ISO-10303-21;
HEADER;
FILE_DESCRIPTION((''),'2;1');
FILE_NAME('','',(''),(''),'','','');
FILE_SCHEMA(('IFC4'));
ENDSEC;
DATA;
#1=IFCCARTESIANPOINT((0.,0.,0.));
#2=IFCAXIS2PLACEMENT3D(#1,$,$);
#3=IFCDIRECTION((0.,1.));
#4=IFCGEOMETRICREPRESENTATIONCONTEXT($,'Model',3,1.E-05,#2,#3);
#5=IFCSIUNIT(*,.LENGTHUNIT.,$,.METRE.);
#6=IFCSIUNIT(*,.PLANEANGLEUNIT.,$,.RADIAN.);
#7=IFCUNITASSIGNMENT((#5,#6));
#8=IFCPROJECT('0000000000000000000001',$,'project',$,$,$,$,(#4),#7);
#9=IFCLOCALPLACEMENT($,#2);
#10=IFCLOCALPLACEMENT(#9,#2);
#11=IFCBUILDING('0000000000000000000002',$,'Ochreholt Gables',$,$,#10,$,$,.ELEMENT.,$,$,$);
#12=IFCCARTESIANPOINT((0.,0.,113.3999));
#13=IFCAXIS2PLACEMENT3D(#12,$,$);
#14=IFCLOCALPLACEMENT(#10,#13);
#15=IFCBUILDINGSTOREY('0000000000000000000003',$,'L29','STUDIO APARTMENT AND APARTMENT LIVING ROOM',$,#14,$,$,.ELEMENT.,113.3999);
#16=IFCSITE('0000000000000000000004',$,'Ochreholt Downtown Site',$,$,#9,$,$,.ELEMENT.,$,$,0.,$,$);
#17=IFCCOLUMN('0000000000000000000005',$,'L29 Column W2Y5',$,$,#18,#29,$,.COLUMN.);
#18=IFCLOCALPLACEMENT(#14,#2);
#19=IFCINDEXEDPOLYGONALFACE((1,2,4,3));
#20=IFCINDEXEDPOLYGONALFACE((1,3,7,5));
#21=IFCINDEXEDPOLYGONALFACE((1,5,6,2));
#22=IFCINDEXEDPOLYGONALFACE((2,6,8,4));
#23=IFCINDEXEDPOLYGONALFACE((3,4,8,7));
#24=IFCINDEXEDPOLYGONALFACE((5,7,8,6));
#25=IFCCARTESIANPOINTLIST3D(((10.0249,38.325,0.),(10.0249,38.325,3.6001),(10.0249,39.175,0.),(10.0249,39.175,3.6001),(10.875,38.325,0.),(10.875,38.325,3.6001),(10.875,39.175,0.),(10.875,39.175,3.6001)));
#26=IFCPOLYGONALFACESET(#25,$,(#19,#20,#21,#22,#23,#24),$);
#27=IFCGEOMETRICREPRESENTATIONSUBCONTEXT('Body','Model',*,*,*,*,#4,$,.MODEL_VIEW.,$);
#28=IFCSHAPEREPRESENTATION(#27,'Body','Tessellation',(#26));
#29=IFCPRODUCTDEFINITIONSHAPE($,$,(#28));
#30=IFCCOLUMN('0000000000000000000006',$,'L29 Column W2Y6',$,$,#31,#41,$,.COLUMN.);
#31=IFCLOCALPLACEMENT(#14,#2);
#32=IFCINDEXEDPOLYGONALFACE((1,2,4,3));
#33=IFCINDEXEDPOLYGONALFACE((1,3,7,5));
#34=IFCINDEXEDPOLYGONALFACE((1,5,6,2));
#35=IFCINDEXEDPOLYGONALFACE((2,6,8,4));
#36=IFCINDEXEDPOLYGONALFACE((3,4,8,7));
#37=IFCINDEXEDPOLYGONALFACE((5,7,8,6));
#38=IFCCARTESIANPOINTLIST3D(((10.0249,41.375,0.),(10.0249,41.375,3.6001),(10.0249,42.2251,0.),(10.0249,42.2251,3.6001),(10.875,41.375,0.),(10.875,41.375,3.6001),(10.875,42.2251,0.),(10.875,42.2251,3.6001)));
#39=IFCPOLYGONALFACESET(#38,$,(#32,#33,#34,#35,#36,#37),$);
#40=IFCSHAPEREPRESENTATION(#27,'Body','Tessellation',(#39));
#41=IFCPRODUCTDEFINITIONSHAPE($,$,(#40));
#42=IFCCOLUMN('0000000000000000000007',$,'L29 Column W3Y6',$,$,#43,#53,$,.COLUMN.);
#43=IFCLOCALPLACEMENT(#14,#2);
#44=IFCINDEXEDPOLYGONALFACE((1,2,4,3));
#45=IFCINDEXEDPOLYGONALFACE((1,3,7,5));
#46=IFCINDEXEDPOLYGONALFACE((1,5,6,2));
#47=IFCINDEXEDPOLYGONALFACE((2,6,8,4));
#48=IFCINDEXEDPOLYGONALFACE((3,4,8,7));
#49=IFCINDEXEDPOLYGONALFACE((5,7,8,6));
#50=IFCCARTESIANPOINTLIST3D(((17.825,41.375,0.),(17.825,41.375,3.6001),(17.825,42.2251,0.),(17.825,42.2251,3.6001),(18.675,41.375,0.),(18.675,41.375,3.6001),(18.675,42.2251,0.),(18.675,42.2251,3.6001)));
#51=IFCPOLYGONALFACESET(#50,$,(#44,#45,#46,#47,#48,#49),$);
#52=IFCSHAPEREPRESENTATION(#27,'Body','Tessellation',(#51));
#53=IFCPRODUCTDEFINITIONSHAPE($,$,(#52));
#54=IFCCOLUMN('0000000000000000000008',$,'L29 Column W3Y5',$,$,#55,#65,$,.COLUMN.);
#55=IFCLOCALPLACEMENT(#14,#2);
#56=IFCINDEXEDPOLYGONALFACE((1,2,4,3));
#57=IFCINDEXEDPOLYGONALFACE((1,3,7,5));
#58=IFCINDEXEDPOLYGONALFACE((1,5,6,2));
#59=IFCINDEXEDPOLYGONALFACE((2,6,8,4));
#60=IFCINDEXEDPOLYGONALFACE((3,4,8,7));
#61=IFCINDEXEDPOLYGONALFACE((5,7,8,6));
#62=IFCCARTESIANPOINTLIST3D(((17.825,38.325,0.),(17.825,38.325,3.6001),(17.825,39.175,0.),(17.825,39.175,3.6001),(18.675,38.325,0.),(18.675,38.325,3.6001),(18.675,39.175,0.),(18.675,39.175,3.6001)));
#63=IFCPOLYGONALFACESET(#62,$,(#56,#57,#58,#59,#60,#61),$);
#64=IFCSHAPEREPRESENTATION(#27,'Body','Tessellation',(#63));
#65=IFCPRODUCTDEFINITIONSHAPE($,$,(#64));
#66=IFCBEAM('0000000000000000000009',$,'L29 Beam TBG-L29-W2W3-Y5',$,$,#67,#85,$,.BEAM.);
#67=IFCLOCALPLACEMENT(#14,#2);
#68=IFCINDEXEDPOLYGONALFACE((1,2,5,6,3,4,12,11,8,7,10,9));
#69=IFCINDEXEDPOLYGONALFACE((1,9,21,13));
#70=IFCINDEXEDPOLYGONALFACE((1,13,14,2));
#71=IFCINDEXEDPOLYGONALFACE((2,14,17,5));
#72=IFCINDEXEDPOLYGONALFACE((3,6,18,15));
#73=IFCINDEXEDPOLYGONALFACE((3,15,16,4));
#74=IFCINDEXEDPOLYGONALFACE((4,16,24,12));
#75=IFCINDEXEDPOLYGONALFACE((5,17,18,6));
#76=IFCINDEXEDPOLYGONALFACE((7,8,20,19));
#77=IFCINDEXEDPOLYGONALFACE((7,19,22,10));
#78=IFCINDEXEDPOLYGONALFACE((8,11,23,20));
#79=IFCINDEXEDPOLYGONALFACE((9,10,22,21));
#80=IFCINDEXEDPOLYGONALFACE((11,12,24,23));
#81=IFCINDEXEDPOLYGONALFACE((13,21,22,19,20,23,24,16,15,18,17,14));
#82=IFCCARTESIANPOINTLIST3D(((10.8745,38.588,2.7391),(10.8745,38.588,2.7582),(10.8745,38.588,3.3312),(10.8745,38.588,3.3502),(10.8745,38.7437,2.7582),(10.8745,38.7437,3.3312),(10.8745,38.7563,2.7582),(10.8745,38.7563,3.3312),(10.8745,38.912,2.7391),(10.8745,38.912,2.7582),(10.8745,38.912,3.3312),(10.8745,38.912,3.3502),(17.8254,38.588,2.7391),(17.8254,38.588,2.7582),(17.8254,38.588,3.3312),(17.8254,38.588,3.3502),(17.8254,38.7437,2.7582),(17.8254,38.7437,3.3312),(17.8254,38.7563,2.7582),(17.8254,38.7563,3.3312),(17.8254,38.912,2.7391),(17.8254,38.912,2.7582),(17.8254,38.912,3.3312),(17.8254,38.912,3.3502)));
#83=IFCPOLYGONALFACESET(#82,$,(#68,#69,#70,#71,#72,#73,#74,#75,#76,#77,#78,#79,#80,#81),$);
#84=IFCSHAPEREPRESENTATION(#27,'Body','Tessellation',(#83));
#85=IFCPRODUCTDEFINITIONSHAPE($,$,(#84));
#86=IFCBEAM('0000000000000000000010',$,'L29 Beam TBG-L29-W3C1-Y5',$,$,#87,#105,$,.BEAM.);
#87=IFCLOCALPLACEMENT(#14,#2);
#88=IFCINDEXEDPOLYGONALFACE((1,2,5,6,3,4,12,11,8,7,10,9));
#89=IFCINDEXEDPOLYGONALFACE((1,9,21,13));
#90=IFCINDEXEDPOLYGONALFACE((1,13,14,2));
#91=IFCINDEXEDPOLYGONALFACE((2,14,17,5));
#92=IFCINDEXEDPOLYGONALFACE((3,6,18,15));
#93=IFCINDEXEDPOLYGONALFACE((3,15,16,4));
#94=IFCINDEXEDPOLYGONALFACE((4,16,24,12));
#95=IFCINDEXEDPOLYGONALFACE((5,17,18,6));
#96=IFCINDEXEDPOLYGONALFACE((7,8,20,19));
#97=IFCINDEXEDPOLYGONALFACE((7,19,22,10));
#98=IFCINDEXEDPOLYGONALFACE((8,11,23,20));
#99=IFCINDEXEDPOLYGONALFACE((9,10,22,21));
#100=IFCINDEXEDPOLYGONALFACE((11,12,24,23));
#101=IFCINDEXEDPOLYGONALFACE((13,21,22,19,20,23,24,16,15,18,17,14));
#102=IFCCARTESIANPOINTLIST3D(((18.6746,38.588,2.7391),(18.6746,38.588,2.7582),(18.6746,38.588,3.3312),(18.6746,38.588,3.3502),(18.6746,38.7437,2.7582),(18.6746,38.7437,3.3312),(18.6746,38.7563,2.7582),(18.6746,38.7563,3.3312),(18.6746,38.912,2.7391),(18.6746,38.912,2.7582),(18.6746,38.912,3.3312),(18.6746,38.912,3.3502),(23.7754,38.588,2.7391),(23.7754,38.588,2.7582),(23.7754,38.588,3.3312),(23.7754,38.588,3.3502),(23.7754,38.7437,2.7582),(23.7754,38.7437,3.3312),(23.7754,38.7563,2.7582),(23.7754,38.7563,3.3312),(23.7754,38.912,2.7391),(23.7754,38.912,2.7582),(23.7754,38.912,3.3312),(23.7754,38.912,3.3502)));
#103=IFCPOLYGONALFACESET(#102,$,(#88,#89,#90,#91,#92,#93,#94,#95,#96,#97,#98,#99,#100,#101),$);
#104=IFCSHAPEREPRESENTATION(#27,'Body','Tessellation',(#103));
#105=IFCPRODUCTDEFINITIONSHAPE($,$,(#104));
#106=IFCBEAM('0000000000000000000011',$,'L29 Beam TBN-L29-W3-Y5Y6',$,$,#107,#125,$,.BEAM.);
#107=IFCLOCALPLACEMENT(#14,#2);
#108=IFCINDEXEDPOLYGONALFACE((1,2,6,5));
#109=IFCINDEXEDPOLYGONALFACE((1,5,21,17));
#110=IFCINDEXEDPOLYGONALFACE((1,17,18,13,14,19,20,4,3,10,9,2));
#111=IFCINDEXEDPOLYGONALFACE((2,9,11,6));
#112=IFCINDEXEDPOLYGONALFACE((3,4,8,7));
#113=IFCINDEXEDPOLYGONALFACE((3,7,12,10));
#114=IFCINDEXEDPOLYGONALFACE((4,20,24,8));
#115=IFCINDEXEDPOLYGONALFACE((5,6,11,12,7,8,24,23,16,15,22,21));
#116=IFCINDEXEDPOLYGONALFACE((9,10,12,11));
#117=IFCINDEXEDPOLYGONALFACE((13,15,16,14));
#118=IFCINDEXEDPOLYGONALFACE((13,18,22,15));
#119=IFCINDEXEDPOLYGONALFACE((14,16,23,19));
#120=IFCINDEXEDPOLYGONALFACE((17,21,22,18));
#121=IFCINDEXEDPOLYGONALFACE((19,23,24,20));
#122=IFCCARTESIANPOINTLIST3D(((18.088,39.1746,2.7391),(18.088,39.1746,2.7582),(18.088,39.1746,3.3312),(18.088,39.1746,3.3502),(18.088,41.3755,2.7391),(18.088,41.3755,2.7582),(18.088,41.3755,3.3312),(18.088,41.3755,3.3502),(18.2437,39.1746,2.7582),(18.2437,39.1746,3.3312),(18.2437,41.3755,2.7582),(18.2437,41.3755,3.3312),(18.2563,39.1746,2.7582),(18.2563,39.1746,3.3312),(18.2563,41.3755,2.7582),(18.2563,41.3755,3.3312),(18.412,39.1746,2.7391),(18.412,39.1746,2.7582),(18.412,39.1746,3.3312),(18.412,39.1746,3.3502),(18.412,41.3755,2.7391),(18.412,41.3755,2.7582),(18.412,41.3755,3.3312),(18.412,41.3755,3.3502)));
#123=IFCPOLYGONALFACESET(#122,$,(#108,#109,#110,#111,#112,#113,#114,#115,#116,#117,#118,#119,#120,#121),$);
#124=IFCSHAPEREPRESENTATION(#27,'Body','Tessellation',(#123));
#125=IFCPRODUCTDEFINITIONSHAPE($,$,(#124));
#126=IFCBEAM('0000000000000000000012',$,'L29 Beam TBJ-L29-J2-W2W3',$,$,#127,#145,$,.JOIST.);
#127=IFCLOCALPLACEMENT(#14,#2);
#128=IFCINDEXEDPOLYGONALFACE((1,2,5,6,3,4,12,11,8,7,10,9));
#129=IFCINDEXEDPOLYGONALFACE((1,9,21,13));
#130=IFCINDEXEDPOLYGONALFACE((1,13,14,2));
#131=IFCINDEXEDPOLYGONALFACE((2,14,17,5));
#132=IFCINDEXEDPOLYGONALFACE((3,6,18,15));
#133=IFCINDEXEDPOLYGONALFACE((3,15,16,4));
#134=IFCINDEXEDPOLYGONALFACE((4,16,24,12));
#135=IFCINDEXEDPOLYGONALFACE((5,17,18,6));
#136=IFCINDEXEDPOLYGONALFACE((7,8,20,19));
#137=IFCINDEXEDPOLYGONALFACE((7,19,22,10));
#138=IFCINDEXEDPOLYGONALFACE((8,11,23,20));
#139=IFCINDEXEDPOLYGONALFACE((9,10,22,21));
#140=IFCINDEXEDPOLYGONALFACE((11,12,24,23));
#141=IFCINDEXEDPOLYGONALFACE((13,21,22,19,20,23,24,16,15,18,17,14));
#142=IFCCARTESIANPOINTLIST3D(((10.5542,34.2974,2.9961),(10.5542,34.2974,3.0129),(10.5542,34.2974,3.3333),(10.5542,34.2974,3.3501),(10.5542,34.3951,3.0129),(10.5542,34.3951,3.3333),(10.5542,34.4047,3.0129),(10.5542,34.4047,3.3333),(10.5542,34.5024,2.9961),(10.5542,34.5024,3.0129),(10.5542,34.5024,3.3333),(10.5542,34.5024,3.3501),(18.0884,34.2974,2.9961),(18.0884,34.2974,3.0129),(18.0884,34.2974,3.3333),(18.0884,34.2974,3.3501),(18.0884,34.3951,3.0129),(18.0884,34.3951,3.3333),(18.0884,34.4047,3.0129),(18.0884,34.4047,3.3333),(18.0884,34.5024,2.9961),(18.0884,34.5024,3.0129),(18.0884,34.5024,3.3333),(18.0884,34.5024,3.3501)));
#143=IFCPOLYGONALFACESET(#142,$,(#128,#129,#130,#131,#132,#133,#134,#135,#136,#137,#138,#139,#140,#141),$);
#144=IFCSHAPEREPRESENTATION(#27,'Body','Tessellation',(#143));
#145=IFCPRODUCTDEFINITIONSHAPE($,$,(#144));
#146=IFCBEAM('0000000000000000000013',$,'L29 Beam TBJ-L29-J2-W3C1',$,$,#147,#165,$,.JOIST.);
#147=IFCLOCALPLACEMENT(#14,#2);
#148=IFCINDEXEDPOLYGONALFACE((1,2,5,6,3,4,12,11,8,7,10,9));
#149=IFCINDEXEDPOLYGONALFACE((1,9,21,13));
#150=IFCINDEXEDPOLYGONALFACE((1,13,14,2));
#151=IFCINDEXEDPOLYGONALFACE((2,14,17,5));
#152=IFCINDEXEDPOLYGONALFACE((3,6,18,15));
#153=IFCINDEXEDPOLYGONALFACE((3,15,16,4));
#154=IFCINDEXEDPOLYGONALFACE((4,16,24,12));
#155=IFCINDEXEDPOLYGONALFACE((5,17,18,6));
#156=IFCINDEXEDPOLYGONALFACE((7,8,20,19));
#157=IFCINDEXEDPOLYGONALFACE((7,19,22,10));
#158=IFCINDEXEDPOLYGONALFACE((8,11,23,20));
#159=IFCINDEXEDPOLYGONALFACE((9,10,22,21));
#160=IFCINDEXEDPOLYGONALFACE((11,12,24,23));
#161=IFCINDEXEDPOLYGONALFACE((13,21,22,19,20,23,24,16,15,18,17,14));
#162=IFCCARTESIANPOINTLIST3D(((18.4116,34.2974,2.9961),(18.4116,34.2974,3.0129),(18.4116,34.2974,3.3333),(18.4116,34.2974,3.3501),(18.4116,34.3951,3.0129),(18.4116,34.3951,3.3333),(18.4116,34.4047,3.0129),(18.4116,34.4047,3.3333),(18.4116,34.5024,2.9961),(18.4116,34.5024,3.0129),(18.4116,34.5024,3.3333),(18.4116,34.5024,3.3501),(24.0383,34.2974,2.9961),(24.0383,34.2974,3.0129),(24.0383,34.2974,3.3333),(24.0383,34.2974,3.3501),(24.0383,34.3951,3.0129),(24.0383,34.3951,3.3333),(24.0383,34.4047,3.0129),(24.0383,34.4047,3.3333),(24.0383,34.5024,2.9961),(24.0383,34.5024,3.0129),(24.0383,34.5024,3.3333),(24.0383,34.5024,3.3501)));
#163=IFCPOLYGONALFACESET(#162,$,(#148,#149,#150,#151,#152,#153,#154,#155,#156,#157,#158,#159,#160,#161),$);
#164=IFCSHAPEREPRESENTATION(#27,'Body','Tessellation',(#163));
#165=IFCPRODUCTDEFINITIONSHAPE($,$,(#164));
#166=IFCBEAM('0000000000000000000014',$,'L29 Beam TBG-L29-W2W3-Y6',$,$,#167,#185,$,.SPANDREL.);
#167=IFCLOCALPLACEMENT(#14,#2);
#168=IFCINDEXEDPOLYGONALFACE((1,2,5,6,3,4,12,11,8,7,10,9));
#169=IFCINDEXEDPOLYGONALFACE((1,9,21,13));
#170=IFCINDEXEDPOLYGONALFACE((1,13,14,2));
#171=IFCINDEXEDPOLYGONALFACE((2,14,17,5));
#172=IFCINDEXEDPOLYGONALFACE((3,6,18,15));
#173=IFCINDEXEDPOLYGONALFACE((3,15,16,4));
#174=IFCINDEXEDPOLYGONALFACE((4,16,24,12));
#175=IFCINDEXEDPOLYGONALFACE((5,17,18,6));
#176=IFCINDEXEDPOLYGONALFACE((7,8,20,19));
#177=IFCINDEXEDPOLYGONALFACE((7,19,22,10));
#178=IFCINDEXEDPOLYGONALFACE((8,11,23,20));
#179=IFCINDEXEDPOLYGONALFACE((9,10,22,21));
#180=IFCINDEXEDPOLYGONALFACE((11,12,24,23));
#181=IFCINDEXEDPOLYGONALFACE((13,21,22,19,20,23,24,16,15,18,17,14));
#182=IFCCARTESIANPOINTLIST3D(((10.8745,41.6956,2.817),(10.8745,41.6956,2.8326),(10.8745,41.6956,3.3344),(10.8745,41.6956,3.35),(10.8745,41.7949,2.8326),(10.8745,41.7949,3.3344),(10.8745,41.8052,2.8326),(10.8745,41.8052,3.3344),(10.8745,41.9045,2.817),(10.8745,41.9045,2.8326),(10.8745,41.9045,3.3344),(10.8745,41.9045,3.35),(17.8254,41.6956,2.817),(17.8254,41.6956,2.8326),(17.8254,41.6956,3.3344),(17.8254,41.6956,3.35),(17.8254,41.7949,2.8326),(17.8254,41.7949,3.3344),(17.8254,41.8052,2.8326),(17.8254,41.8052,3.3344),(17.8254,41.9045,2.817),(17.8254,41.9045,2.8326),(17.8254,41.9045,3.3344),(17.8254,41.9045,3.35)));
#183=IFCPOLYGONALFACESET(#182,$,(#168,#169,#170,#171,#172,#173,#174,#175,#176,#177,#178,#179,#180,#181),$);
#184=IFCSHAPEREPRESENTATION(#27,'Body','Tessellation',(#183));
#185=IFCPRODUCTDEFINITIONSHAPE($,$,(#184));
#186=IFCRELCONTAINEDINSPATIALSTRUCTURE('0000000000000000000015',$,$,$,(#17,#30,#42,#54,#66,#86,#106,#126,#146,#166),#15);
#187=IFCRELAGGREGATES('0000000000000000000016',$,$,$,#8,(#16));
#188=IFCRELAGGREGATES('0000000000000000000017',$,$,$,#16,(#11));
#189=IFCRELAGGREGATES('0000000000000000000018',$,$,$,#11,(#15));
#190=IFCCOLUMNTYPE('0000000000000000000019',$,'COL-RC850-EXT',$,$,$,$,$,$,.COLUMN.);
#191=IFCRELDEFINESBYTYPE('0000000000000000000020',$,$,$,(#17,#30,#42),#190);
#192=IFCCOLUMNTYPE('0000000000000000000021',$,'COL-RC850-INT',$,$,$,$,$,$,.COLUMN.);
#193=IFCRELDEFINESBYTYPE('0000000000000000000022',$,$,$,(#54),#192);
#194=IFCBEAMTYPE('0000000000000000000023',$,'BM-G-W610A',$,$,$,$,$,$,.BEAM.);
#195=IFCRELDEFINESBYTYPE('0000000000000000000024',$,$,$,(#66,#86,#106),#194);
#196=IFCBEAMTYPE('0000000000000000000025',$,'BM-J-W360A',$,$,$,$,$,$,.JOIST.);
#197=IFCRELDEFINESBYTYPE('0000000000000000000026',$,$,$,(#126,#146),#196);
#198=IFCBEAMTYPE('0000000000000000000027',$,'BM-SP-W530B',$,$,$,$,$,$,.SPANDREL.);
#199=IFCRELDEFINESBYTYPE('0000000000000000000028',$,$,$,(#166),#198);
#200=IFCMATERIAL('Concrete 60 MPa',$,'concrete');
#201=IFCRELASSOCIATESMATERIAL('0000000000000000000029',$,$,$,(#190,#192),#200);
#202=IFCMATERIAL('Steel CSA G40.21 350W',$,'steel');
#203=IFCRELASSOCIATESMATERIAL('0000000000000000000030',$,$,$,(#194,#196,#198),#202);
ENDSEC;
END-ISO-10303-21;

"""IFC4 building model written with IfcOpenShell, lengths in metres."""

from ifc_helpers import new_model, si_unit, direction, frame, origin, origin_2d, place, context, subcontext, project, spatial, rectangle, i_section, extrude, material, material_profile, profile_set, type_object, element, save


model = new_model("IFC4")

# Units and contexts
model_context = context("Model", 3, precision=1e-05, world=origin(), true_north=direction((0.0, 1.0)))
body_context = subcontext(model_context, "Body", "Model", "MODEL_VIEW")
ifc_project = project(units=[si_unit("LENGTHUNIT", "METRE"), si_unit("PLANEANGLEUNIT", "RADIAN")], contexts=[model_context])

# Site, building, storey
site_placement = place(None, origin())
site = spatial("IfcSite", under=ifc_project, at=site_placement, Name="Ochreholt Downtown Site", CompositionType="ELEMENT", RefElevation=0.0)
building_placement = place(site_placement, origin())
building = spatial("IfcBuilding", under=site, at=building_placement, Name="Ochreholt Gables", CompositionType="ELEMENT")
storey_placement = place(building_placement, frame((0.0, 0.0, 113.3999)))
storey = spatial("IfcBuildingStorey", under=building, at=storey_placement, Name="L29", Description="STUDIO APARTMENT AND APARTMENT LIVING ROOM", CompositionType="ELEMENT", Elevation=113.3999)

# Columns
ifc_material_1 = material(Name="Concrete 60 MPa", Category="concrete")
ifc_material_profile_1 = material_profile(ifc_material_1, rectangle(XDim=0.8501, YDim=0.8501, at=origin_2d()), Name="RC850X850")
ifc_profile_set_1 = profile_set([ifc_material_profile_1], Name="Concrete 60 MPa")
column_type_1 = type_object("IfcColumnType", Name="COL-RC850-EXT", PredefinedType="COLUMN", material=ifc_profile_set_1)
for number, where, z_axis, x_axis, name in (
    (1, (10.45, 38.75, 0.0), (0.0, 0.0, 1.0), (1.0, 0.0, 0.0), "L29 Column W2Y5"),
    (2, (10.45, 41.8, 0.0), (0.0, 0.0, 1.0), (1.0, 0.0, 0.0), "L29 Column W2Y6"),
    (3, (18.25, 41.8, 0.0), (0.0, 0.0, 1.0), (1.0, 0.0, 0.0), "L29 Column W3Y6"),
):
    element("IfcColumn", number, at=place(storey_placement, frame(where, z_axis=z_axis, x_axis=x_axis)), inside=storey, type_object=column_type_1, Name=name, PredefinedType="COLUMN", context=body_context, shape_type="SweptSolid", body=[
        extrude(rectangle(XDim=0.8501, YDim=0.8501, at=origin_2d()), origin(), (0.0, 0.0, 1.0), 3.6001),
    ])
ifc_material_profile_2 = material_profile(ifc_material_1, rectangle(XDim=0.8501, YDim=0.8501, at=origin_2d()), Name="RC850X850")
ifc_profile_set_2 = profile_set([ifc_material_profile_2], Name="Concrete 60 MPa")
column_type_2 = type_object("IfcColumnType", Name="COL-RC850-INT", PredefinedType="COLUMN", material=ifc_profile_set_2)
column_placement = place(storey_placement, frame((18.25, 38.75, 0.0), z_axis=(0.0, 0.0, 1.0), x_axis=(1.0, 0.0, 0.0)))
element("IfcColumn", 4, at=column_placement, inside=storey, type_object=column_type_2, Name="L29 Column W3Y5", PredefinedType="COLUMN", context=body_context, shape_type="SweptSolid", body=[
    extrude(rectangle(XDim=0.8501, YDim=0.8501, at=origin_2d()), origin(), (0.0, 0.0, 1.0), 3.6001),
])

# Beams
ifc_material_2 = material(Name="Steel CSA G40.21 350W", Category="steel")
ifc_material_profile_3 = material_profile(ifc_material_2, i_section(OverallWidth=0.324, OverallDepth=0.6111, WebThickness=0.0127, FlangeThickness=0.019, at=origin_2d()), Name="W610X155")
ifc_profile_set_3 = profile_set([ifc_material_profile_3], Name="Steel CSA G40.21 350W")
beam_type_1 = type_object("IfcBeamType", Name="BM-G-W610A", PredefinedType="BEAM", material=ifc_profile_set_3)
beam_1_placement = place(storey_placement, frame((10.8745, 38.75, 3.0447), z_axis=(1.0, 0.0, 0.0), x_axis=(0.0, 1.0, 0.0)))
element("IfcBeam", 5, at=beam_1_placement, inside=storey, type_object=beam_type_1, Name="L29 Beam TBG-L29-W2W3-Y5", PredefinedType="BEAM", context=body_context, shape_type="SweptSolid", body=[
    extrude(i_section(OverallWidth=0.324, OverallDepth=0.6111, WebThickness=0.0127, FlangeThickness=0.019, at=origin_2d()), origin(), (0.0, 0.0, 1.0), 6.9509),
])
beam_2_placement = place(storey_placement, frame((18.6746, 38.75, 3.0447), z_axis=(1.0, 0.0, 0.0), x_axis=(0.0, 1.0, 0.0)))
element("IfcBeam", 6, at=beam_2_placement, inside=storey, type_object=beam_type_1, Name="L29 Beam TBG-L29-W3C1-Y5", PredefinedType="BEAM", context=body_context, shape_type="SweptSolid", body=[
    extrude(i_section(OverallWidth=0.324, OverallDepth=0.6111, WebThickness=0.0127, FlangeThickness=0.019, at=origin_2d()), origin(), (0.0, 0.0, 1.0), 5.1008),
])
beam_3_placement = place(storey_placement, frame((18.25, 39.1746, 3.0447), z_axis=(0.0, 1.0, 0.0), x_axis=(-1.0, 0.0, 0.0)))
element("IfcBeam", 7, at=beam_3_placement, inside=storey, type_object=beam_type_1, Name="L29 Beam TBN-L29-W3-Y5Y6", PredefinedType="BEAM", context=body_context, shape_type="SweptSolid", body=[
    extrude(i_section(OverallWidth=0.324, OverallDepth=0.6111, WebThickness=0.0127, FlangeThickness=0.019, at=origin_2d()), origin(), (0.0, 0.0, 1.0), 2.2009),
])
ifc_material_profile_4 = material_profile(ifc_material_2, i_section(OverallWidth=0.2051, OverallDepth=0.354, WebThickness=0.0095, FlangeThickness=0.0168, at=origin_2d()), Name="W360X79")
ifc_profile_set_4 = profile_set([ifc_material_profile_4], Name="Steel CSA G40.21 350W")
beam_type_2 = type_object("IfcBeamType", Name="BM-J-W360A", PredefinedType="JOIST", material=ifc_profile_set_4)
beam_4_placement = place(storey_placement, frame((10.5542, 34.3999, 3.1731), z_axis=(1.0, 0.0, 0.0), x_axis=(0.0, 1.0, 0.0)))
element("IfcBeam", 8, at=beam_4_placement, inside=storey, type_object=beam_type_2, Name="L29 Beam TBJ-L29-J2-W2W3", PredefinedType="JOIST", context=body_context, shape_type="SweptSolid", body=[
    extrude(i_section(OverallWidth=0.2051, OverallDepth=0.354, WebThickness=0.0095, FlangeThickness=0.0168, at=origin_2d()), origin(), (0.0, 0.0, 1.0), 7.5342),
])
beam_5_placement = place(storey_placement, frame((18.4116, 34.3999, 3.1731), z_axis=(1.0, 0.0, 0.0), x_axis=(0.0, 1.0, 0.0)))
element("IfcBeam", 9, at=beam_5_placement, inside=storey, type_object=beam_type_2, Name="L29 Beam TBJ-L29-J2-W3C1", PredefinedType="JOIST", context=body_context, shape_type="SweptSolid", body=[
    extrude(i_section(OverallWidth=0.2051, OverallDepth=0.354, WebThickness=0.0095, FlangeThickness=0.0168, at=origin_2d()), origin(), (0.0, 0.0, 1.0), 5.6267),
])
ifc_material_profile_5 = material_profile(ifc_material_2, i_section(OverallWidth=0.209, OverallDepth=0.533, WebThickness=0.0103, FlangeThickness=0.0156, at=origin_2d()), Name="W530X92")
ifc_profile_set_5 = profile_set([ifc_material_profile_5], Name="Steel CSA G40.21 350W")
beam_type_3 = type_object("IfcBeamType", Name="BM-SP-W530B", PredefinedType="SPANDREL", material=ifc_profile_set_5)
beam_6_placement = place(storey_placement, frame((10.8745, 41.8, 3.0835), z_axis=(1.0, 0.0, 0.0), x_axis=(0.0, 1.0, 0.0)))
element("IfcBeam", 10, at=beam_6_placement, inside=storey, type_object=beam_type_3, Name="L29 Beam TBG-L29-W2W3-Y6", PredefinedType="SPANDREL", context=body_context, shape_type="SweptSolid", body=[
    extrude(i_section(OverallWidth=0.209, OverallDepth=0.533, WebThickness=0.0103, FlangeThickness=0.0156, at=origin_2d()), origin(), (0.0, 0.0, 1.0), 6.9509),
])

save(model, "model.ifc")
